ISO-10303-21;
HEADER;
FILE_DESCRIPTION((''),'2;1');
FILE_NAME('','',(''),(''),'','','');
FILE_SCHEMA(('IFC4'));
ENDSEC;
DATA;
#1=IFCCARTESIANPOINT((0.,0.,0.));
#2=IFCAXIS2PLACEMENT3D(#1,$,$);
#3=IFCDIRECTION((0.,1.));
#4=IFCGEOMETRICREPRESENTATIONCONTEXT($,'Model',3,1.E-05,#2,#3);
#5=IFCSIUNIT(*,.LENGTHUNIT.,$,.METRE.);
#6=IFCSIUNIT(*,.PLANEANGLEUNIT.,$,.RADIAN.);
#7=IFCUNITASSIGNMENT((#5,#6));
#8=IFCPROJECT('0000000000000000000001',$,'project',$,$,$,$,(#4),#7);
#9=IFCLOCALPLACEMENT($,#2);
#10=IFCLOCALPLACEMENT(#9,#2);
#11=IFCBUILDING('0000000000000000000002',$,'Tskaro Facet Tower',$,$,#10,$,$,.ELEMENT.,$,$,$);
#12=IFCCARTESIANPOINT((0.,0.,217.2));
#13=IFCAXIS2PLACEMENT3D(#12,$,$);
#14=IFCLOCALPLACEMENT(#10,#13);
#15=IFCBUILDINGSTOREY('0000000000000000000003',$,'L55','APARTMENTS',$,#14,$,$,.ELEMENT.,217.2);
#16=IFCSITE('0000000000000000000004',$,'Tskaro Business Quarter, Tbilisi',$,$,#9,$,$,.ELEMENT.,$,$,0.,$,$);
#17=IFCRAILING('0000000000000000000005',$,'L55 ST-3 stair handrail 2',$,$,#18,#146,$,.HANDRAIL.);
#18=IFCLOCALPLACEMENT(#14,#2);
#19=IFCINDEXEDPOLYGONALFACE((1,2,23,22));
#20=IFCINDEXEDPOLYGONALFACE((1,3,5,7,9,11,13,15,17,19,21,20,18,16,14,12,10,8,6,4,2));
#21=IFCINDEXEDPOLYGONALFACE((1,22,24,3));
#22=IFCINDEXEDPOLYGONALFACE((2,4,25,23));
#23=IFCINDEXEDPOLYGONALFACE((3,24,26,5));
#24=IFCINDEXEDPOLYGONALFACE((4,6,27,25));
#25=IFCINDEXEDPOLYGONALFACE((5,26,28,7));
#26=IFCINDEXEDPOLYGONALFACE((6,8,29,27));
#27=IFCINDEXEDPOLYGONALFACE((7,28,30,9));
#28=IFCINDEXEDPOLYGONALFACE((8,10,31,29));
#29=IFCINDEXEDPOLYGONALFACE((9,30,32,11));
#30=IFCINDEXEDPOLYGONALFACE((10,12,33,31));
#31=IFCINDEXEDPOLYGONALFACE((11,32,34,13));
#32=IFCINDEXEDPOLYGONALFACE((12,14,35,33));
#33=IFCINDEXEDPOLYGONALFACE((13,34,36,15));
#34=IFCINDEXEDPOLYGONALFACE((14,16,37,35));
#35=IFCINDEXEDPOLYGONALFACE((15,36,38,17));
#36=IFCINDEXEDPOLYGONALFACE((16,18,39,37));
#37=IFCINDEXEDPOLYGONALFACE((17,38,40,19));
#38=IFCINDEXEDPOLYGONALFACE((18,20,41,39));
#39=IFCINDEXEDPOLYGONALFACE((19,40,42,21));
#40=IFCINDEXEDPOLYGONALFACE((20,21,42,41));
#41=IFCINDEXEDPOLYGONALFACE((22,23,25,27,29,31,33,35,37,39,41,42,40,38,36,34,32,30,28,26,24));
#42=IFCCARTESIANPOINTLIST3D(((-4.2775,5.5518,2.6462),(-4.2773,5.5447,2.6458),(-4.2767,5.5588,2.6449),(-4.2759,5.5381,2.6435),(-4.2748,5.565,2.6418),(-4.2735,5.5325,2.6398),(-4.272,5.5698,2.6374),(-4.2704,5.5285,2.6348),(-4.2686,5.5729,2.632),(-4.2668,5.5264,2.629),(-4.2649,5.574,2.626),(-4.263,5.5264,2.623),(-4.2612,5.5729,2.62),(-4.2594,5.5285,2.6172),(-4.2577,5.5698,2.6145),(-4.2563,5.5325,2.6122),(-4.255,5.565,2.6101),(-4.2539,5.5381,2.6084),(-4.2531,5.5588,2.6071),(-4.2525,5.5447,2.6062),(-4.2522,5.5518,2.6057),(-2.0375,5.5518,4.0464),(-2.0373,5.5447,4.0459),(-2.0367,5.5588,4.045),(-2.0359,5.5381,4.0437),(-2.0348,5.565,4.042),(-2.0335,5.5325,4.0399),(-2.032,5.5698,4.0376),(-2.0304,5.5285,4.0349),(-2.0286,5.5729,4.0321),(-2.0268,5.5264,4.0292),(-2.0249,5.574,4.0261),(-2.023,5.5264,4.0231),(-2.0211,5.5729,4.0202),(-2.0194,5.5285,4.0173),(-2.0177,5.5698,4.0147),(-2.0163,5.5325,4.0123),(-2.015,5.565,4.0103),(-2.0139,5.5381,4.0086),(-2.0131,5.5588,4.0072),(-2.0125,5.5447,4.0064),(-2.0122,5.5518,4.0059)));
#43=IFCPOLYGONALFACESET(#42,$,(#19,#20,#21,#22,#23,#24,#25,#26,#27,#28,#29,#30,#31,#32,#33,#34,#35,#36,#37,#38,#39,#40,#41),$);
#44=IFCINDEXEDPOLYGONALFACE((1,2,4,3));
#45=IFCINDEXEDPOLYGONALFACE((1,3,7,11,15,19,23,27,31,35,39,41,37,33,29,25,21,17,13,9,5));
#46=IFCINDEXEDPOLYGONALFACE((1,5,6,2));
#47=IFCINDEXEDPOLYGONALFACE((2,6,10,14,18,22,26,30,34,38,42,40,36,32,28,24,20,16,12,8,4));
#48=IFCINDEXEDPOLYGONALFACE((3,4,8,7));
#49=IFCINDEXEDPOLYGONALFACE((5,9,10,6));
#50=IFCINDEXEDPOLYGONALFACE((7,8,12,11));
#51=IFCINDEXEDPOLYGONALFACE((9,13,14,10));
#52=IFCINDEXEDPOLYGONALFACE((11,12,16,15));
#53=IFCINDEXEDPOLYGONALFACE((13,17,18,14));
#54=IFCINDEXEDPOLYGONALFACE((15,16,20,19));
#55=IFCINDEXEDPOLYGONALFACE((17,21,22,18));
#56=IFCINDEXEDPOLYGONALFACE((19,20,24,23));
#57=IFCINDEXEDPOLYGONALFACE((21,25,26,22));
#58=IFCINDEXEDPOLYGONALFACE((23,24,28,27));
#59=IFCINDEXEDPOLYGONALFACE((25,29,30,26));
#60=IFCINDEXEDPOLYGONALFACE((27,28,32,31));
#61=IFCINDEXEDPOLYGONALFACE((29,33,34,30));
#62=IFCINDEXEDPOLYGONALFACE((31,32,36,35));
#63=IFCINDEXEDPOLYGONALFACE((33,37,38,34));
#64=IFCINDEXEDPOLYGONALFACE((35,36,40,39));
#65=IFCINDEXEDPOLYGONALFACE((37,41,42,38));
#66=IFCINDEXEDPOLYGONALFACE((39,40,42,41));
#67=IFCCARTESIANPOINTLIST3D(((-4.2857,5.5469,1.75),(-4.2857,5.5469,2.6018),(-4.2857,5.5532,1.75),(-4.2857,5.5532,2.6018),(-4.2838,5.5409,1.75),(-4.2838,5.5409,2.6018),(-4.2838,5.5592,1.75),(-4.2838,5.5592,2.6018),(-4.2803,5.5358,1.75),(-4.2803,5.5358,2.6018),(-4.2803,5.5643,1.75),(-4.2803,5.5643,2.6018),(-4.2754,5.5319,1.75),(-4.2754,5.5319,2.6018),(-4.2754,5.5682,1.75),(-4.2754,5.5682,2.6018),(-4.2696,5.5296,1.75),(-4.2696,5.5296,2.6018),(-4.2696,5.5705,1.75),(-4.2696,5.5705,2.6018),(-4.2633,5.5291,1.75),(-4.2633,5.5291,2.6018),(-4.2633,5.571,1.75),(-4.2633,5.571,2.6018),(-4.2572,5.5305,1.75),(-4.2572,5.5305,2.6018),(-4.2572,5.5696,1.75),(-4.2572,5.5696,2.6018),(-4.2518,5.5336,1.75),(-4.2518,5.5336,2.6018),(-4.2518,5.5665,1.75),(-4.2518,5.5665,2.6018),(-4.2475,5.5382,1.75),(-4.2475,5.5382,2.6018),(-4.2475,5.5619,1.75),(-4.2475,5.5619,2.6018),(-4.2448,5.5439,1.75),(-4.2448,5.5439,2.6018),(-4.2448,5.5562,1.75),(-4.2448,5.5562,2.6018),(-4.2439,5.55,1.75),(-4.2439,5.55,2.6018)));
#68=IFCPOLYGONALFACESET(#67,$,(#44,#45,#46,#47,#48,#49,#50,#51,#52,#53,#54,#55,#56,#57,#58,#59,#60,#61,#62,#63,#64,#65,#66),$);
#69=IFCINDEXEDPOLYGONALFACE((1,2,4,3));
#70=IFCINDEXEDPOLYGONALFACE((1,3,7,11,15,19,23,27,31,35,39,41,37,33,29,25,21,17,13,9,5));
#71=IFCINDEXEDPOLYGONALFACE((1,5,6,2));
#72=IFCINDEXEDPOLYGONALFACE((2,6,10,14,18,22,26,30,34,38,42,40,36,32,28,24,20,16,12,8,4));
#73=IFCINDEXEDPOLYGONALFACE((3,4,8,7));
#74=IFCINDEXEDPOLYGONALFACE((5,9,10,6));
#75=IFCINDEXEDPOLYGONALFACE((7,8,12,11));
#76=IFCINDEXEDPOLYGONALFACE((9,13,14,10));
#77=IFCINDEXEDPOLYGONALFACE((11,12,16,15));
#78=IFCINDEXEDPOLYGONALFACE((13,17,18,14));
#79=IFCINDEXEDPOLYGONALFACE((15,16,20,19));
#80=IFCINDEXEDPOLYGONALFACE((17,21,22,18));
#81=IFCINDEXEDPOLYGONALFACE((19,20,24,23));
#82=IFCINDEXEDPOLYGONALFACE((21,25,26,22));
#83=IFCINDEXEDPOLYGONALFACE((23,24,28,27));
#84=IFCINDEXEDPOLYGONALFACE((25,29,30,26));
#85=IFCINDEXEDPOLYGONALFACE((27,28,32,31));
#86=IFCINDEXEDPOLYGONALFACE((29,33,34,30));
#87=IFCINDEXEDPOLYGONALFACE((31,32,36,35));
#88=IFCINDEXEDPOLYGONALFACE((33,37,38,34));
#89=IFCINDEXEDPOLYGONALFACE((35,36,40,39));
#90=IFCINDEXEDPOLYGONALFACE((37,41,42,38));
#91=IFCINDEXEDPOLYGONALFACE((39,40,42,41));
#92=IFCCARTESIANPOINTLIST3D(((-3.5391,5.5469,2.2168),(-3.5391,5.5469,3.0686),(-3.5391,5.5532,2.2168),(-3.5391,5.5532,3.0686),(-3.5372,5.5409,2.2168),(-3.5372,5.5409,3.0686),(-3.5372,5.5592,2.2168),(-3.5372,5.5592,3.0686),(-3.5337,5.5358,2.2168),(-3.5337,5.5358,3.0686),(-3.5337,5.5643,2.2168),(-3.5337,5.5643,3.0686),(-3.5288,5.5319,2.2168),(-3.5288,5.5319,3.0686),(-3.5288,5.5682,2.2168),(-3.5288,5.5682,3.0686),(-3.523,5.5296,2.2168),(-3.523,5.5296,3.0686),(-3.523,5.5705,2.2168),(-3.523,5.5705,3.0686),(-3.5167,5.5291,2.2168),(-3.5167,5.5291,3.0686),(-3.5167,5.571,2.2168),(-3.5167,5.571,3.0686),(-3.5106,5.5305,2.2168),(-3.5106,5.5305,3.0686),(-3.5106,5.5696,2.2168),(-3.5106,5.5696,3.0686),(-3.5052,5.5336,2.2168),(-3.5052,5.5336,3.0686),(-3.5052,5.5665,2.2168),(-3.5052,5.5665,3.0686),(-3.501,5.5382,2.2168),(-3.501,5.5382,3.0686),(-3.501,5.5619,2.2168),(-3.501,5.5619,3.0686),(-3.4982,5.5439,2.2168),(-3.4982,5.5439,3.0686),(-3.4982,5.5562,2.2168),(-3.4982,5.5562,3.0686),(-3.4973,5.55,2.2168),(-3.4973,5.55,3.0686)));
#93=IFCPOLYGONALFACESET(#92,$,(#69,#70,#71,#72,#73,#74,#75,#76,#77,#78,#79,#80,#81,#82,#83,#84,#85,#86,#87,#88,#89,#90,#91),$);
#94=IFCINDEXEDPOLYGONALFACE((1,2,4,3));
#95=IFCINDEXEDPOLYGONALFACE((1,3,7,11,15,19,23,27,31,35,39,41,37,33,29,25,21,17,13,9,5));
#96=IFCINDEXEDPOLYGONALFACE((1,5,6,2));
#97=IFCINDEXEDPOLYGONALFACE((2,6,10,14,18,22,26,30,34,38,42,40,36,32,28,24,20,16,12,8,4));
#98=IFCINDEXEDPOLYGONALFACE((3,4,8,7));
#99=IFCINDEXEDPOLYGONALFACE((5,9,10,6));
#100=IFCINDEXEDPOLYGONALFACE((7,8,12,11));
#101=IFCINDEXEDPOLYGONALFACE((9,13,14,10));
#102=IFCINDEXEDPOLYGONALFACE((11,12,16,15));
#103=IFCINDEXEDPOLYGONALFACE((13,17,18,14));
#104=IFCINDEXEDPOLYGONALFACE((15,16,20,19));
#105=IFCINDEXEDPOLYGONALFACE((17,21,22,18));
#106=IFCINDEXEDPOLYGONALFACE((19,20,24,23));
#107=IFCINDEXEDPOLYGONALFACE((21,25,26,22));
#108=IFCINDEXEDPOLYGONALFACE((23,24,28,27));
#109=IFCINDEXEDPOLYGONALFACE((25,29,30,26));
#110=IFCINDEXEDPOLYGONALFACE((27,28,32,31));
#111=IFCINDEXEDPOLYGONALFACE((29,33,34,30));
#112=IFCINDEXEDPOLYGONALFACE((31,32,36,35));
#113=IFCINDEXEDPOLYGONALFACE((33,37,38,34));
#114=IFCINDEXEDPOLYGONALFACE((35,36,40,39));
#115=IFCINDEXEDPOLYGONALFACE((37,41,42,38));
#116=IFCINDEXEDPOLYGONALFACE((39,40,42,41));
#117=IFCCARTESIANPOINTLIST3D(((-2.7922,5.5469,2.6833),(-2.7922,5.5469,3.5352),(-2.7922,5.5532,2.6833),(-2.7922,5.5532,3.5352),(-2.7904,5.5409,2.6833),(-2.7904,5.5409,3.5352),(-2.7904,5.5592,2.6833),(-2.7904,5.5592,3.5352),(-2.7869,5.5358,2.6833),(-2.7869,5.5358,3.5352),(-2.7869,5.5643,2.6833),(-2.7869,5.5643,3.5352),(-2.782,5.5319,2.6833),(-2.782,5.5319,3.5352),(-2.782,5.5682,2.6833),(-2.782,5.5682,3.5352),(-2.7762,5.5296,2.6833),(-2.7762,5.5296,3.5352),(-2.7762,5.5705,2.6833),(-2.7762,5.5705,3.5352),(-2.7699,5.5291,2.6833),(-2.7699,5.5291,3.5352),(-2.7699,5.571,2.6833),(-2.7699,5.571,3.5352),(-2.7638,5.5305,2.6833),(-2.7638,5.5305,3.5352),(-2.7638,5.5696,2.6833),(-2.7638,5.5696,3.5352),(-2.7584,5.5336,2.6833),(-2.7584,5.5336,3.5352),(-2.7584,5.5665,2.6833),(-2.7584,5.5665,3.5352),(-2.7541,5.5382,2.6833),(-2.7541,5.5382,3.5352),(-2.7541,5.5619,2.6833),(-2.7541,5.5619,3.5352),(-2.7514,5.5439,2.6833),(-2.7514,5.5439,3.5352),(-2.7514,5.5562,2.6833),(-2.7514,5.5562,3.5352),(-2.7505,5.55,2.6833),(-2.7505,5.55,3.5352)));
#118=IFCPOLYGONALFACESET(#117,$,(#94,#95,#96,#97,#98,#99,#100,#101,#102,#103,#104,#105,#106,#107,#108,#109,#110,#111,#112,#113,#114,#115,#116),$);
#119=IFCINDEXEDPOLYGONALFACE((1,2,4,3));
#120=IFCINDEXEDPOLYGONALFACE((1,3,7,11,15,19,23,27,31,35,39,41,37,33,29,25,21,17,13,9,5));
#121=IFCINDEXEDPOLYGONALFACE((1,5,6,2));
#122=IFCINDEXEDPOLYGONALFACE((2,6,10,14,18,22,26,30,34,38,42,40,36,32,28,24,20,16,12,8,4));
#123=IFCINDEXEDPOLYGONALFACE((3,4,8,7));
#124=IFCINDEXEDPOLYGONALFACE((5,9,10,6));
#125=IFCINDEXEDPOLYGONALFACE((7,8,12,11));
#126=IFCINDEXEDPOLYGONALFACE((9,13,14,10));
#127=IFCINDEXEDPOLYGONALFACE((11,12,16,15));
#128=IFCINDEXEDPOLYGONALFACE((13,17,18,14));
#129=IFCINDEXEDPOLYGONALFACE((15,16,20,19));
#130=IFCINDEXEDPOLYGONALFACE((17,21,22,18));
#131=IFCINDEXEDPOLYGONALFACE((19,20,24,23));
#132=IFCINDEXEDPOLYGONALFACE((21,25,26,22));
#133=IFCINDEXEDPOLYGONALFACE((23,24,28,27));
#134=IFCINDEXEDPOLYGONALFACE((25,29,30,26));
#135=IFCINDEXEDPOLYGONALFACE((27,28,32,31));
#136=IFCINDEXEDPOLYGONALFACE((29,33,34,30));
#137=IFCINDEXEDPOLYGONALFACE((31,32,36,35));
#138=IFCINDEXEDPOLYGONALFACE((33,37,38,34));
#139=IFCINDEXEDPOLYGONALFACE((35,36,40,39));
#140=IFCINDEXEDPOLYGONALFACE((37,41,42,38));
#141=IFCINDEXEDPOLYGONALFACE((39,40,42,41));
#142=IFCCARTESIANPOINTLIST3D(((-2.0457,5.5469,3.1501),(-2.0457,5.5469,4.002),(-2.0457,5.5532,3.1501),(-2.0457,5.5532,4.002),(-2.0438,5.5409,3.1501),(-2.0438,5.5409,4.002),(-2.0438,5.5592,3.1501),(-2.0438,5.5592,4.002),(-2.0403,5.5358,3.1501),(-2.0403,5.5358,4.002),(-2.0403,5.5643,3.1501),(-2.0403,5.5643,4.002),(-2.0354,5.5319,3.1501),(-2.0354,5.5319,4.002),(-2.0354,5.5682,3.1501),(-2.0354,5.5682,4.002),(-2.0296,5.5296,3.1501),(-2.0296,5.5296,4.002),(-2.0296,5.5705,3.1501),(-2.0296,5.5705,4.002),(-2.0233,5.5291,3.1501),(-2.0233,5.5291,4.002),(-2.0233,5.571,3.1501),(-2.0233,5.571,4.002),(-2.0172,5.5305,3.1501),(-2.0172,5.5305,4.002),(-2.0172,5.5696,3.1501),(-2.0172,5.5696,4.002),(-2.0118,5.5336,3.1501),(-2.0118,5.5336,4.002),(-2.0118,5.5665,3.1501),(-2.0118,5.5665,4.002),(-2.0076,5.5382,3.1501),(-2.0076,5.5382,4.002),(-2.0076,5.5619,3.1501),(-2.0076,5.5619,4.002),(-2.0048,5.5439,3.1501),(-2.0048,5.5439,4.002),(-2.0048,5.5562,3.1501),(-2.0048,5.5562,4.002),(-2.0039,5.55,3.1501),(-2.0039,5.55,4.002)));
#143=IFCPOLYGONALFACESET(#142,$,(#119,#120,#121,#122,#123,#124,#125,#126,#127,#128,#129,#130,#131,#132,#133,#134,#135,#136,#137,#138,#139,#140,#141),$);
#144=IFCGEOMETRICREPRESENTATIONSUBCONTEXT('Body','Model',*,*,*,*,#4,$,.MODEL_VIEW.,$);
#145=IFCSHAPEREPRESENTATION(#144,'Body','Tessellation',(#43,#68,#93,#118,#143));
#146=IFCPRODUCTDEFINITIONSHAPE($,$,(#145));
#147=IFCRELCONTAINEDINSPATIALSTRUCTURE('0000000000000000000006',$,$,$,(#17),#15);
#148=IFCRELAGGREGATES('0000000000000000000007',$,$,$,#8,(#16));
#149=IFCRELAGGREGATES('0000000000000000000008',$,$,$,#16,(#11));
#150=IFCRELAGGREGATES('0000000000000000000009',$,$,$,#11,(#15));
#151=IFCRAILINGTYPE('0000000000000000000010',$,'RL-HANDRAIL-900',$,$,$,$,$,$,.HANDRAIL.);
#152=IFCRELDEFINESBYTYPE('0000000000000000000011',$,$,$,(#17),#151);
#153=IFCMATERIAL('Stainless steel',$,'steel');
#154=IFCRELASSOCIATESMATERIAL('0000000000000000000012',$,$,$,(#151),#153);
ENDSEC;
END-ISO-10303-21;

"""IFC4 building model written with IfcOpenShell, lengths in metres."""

from ifc_helpers import new_model, si_unit, direction, frame, origin, origin_2d, place, context, subcontext, project, spatial, circle, extrude, material, type_object, element, save


model = new_model("IFC4")

# Units and contexts
model_context = context("Model", 3, precision=1e-05, world=origin(), true_north=direction((0.0, 1.0)))
body_context = subcontext(model_context, "Body", "Model", "MODEL_VIEW")
ifc_project = project(units=[si_unit("LENGTHUNIT", "METRE"), si_unit("PLANEANGLEUNIT", "RADIAN")], contexts=[model_context])

# Site, building, storey
site_placement = place(None, origin())
site = spatial("IfcSite", under=ifc_project, at=site_placement, Name="Tskaro Business Quarter, Tbilisi", CompositionType="ELEMENT", RefElevation=0.0)
building_placement = place(site_placement, origin())
building = spatial("IfcBuilding", under=site, at=building_placement, Name="Tskaro Facet Tower", CompositionType="ELEMENT")
storey_placement = place(building_placement, frame((0.0, 0.0, 217.2)))
storey = spatial("IfcBuildingStorey", under=building, at=storey_placement, Name="L55", Description="APARTMENTS", CompositionType="ELEMENT", Elevation=217.2)

# Railing
ifc_material_1 = material(Name="Stainless steel", Category="steel")
railing_type_1 = type_object("IfcRailingType", Name="RL-HANDRAIL-900", PredefinedType="HANDRAIL", material=ifc_material_1)
railing_1_placement = place(storey_placement, frame((-4.2649, 5.55, 1.75)))
element("IfcRailing", 1, at=railing_1_placement, inside=storey, type_object=railing_type_1, Name="L55 ST-3 stair handrail 2", PredefinedType="HANDRAIL", context=body_context, shape_type="SweptSolid", body=[
    extrude(circle(Radius=0.0239, at=origin_2d()), frame((0.0, 0.0, 0.876), z_axis=(0.847972, 0.0, 0.53004), x_axis=(0.0, 1.0, 0.0)), (0.0, 0.0, 1.0), 2.6416),
    extrude(circle(Radius=0.021, at=origin_2d()), origin(), (0.0, 0.0, 1.0), 0.8518),
    extrude(circle(Radius=0.021, at=origin_2d()), frame((0.7466, 0.0, 0.4668)), (0.0, 0.0, 1.0), 0.8518),
    extrude(circle(Radius=0.021, at=origin_2d()), frame((1.4934, 0.0, 0.9333)), (0.0, 0.0, 1.0), 0.8518),
    extrude(circle(Radius=0.021, at=origin_2d()), frame((2.24, 0.0, 1.4001)), (0.0, 0.0, 1.0), 0.8518),
])

save(model, "model.ifc")
